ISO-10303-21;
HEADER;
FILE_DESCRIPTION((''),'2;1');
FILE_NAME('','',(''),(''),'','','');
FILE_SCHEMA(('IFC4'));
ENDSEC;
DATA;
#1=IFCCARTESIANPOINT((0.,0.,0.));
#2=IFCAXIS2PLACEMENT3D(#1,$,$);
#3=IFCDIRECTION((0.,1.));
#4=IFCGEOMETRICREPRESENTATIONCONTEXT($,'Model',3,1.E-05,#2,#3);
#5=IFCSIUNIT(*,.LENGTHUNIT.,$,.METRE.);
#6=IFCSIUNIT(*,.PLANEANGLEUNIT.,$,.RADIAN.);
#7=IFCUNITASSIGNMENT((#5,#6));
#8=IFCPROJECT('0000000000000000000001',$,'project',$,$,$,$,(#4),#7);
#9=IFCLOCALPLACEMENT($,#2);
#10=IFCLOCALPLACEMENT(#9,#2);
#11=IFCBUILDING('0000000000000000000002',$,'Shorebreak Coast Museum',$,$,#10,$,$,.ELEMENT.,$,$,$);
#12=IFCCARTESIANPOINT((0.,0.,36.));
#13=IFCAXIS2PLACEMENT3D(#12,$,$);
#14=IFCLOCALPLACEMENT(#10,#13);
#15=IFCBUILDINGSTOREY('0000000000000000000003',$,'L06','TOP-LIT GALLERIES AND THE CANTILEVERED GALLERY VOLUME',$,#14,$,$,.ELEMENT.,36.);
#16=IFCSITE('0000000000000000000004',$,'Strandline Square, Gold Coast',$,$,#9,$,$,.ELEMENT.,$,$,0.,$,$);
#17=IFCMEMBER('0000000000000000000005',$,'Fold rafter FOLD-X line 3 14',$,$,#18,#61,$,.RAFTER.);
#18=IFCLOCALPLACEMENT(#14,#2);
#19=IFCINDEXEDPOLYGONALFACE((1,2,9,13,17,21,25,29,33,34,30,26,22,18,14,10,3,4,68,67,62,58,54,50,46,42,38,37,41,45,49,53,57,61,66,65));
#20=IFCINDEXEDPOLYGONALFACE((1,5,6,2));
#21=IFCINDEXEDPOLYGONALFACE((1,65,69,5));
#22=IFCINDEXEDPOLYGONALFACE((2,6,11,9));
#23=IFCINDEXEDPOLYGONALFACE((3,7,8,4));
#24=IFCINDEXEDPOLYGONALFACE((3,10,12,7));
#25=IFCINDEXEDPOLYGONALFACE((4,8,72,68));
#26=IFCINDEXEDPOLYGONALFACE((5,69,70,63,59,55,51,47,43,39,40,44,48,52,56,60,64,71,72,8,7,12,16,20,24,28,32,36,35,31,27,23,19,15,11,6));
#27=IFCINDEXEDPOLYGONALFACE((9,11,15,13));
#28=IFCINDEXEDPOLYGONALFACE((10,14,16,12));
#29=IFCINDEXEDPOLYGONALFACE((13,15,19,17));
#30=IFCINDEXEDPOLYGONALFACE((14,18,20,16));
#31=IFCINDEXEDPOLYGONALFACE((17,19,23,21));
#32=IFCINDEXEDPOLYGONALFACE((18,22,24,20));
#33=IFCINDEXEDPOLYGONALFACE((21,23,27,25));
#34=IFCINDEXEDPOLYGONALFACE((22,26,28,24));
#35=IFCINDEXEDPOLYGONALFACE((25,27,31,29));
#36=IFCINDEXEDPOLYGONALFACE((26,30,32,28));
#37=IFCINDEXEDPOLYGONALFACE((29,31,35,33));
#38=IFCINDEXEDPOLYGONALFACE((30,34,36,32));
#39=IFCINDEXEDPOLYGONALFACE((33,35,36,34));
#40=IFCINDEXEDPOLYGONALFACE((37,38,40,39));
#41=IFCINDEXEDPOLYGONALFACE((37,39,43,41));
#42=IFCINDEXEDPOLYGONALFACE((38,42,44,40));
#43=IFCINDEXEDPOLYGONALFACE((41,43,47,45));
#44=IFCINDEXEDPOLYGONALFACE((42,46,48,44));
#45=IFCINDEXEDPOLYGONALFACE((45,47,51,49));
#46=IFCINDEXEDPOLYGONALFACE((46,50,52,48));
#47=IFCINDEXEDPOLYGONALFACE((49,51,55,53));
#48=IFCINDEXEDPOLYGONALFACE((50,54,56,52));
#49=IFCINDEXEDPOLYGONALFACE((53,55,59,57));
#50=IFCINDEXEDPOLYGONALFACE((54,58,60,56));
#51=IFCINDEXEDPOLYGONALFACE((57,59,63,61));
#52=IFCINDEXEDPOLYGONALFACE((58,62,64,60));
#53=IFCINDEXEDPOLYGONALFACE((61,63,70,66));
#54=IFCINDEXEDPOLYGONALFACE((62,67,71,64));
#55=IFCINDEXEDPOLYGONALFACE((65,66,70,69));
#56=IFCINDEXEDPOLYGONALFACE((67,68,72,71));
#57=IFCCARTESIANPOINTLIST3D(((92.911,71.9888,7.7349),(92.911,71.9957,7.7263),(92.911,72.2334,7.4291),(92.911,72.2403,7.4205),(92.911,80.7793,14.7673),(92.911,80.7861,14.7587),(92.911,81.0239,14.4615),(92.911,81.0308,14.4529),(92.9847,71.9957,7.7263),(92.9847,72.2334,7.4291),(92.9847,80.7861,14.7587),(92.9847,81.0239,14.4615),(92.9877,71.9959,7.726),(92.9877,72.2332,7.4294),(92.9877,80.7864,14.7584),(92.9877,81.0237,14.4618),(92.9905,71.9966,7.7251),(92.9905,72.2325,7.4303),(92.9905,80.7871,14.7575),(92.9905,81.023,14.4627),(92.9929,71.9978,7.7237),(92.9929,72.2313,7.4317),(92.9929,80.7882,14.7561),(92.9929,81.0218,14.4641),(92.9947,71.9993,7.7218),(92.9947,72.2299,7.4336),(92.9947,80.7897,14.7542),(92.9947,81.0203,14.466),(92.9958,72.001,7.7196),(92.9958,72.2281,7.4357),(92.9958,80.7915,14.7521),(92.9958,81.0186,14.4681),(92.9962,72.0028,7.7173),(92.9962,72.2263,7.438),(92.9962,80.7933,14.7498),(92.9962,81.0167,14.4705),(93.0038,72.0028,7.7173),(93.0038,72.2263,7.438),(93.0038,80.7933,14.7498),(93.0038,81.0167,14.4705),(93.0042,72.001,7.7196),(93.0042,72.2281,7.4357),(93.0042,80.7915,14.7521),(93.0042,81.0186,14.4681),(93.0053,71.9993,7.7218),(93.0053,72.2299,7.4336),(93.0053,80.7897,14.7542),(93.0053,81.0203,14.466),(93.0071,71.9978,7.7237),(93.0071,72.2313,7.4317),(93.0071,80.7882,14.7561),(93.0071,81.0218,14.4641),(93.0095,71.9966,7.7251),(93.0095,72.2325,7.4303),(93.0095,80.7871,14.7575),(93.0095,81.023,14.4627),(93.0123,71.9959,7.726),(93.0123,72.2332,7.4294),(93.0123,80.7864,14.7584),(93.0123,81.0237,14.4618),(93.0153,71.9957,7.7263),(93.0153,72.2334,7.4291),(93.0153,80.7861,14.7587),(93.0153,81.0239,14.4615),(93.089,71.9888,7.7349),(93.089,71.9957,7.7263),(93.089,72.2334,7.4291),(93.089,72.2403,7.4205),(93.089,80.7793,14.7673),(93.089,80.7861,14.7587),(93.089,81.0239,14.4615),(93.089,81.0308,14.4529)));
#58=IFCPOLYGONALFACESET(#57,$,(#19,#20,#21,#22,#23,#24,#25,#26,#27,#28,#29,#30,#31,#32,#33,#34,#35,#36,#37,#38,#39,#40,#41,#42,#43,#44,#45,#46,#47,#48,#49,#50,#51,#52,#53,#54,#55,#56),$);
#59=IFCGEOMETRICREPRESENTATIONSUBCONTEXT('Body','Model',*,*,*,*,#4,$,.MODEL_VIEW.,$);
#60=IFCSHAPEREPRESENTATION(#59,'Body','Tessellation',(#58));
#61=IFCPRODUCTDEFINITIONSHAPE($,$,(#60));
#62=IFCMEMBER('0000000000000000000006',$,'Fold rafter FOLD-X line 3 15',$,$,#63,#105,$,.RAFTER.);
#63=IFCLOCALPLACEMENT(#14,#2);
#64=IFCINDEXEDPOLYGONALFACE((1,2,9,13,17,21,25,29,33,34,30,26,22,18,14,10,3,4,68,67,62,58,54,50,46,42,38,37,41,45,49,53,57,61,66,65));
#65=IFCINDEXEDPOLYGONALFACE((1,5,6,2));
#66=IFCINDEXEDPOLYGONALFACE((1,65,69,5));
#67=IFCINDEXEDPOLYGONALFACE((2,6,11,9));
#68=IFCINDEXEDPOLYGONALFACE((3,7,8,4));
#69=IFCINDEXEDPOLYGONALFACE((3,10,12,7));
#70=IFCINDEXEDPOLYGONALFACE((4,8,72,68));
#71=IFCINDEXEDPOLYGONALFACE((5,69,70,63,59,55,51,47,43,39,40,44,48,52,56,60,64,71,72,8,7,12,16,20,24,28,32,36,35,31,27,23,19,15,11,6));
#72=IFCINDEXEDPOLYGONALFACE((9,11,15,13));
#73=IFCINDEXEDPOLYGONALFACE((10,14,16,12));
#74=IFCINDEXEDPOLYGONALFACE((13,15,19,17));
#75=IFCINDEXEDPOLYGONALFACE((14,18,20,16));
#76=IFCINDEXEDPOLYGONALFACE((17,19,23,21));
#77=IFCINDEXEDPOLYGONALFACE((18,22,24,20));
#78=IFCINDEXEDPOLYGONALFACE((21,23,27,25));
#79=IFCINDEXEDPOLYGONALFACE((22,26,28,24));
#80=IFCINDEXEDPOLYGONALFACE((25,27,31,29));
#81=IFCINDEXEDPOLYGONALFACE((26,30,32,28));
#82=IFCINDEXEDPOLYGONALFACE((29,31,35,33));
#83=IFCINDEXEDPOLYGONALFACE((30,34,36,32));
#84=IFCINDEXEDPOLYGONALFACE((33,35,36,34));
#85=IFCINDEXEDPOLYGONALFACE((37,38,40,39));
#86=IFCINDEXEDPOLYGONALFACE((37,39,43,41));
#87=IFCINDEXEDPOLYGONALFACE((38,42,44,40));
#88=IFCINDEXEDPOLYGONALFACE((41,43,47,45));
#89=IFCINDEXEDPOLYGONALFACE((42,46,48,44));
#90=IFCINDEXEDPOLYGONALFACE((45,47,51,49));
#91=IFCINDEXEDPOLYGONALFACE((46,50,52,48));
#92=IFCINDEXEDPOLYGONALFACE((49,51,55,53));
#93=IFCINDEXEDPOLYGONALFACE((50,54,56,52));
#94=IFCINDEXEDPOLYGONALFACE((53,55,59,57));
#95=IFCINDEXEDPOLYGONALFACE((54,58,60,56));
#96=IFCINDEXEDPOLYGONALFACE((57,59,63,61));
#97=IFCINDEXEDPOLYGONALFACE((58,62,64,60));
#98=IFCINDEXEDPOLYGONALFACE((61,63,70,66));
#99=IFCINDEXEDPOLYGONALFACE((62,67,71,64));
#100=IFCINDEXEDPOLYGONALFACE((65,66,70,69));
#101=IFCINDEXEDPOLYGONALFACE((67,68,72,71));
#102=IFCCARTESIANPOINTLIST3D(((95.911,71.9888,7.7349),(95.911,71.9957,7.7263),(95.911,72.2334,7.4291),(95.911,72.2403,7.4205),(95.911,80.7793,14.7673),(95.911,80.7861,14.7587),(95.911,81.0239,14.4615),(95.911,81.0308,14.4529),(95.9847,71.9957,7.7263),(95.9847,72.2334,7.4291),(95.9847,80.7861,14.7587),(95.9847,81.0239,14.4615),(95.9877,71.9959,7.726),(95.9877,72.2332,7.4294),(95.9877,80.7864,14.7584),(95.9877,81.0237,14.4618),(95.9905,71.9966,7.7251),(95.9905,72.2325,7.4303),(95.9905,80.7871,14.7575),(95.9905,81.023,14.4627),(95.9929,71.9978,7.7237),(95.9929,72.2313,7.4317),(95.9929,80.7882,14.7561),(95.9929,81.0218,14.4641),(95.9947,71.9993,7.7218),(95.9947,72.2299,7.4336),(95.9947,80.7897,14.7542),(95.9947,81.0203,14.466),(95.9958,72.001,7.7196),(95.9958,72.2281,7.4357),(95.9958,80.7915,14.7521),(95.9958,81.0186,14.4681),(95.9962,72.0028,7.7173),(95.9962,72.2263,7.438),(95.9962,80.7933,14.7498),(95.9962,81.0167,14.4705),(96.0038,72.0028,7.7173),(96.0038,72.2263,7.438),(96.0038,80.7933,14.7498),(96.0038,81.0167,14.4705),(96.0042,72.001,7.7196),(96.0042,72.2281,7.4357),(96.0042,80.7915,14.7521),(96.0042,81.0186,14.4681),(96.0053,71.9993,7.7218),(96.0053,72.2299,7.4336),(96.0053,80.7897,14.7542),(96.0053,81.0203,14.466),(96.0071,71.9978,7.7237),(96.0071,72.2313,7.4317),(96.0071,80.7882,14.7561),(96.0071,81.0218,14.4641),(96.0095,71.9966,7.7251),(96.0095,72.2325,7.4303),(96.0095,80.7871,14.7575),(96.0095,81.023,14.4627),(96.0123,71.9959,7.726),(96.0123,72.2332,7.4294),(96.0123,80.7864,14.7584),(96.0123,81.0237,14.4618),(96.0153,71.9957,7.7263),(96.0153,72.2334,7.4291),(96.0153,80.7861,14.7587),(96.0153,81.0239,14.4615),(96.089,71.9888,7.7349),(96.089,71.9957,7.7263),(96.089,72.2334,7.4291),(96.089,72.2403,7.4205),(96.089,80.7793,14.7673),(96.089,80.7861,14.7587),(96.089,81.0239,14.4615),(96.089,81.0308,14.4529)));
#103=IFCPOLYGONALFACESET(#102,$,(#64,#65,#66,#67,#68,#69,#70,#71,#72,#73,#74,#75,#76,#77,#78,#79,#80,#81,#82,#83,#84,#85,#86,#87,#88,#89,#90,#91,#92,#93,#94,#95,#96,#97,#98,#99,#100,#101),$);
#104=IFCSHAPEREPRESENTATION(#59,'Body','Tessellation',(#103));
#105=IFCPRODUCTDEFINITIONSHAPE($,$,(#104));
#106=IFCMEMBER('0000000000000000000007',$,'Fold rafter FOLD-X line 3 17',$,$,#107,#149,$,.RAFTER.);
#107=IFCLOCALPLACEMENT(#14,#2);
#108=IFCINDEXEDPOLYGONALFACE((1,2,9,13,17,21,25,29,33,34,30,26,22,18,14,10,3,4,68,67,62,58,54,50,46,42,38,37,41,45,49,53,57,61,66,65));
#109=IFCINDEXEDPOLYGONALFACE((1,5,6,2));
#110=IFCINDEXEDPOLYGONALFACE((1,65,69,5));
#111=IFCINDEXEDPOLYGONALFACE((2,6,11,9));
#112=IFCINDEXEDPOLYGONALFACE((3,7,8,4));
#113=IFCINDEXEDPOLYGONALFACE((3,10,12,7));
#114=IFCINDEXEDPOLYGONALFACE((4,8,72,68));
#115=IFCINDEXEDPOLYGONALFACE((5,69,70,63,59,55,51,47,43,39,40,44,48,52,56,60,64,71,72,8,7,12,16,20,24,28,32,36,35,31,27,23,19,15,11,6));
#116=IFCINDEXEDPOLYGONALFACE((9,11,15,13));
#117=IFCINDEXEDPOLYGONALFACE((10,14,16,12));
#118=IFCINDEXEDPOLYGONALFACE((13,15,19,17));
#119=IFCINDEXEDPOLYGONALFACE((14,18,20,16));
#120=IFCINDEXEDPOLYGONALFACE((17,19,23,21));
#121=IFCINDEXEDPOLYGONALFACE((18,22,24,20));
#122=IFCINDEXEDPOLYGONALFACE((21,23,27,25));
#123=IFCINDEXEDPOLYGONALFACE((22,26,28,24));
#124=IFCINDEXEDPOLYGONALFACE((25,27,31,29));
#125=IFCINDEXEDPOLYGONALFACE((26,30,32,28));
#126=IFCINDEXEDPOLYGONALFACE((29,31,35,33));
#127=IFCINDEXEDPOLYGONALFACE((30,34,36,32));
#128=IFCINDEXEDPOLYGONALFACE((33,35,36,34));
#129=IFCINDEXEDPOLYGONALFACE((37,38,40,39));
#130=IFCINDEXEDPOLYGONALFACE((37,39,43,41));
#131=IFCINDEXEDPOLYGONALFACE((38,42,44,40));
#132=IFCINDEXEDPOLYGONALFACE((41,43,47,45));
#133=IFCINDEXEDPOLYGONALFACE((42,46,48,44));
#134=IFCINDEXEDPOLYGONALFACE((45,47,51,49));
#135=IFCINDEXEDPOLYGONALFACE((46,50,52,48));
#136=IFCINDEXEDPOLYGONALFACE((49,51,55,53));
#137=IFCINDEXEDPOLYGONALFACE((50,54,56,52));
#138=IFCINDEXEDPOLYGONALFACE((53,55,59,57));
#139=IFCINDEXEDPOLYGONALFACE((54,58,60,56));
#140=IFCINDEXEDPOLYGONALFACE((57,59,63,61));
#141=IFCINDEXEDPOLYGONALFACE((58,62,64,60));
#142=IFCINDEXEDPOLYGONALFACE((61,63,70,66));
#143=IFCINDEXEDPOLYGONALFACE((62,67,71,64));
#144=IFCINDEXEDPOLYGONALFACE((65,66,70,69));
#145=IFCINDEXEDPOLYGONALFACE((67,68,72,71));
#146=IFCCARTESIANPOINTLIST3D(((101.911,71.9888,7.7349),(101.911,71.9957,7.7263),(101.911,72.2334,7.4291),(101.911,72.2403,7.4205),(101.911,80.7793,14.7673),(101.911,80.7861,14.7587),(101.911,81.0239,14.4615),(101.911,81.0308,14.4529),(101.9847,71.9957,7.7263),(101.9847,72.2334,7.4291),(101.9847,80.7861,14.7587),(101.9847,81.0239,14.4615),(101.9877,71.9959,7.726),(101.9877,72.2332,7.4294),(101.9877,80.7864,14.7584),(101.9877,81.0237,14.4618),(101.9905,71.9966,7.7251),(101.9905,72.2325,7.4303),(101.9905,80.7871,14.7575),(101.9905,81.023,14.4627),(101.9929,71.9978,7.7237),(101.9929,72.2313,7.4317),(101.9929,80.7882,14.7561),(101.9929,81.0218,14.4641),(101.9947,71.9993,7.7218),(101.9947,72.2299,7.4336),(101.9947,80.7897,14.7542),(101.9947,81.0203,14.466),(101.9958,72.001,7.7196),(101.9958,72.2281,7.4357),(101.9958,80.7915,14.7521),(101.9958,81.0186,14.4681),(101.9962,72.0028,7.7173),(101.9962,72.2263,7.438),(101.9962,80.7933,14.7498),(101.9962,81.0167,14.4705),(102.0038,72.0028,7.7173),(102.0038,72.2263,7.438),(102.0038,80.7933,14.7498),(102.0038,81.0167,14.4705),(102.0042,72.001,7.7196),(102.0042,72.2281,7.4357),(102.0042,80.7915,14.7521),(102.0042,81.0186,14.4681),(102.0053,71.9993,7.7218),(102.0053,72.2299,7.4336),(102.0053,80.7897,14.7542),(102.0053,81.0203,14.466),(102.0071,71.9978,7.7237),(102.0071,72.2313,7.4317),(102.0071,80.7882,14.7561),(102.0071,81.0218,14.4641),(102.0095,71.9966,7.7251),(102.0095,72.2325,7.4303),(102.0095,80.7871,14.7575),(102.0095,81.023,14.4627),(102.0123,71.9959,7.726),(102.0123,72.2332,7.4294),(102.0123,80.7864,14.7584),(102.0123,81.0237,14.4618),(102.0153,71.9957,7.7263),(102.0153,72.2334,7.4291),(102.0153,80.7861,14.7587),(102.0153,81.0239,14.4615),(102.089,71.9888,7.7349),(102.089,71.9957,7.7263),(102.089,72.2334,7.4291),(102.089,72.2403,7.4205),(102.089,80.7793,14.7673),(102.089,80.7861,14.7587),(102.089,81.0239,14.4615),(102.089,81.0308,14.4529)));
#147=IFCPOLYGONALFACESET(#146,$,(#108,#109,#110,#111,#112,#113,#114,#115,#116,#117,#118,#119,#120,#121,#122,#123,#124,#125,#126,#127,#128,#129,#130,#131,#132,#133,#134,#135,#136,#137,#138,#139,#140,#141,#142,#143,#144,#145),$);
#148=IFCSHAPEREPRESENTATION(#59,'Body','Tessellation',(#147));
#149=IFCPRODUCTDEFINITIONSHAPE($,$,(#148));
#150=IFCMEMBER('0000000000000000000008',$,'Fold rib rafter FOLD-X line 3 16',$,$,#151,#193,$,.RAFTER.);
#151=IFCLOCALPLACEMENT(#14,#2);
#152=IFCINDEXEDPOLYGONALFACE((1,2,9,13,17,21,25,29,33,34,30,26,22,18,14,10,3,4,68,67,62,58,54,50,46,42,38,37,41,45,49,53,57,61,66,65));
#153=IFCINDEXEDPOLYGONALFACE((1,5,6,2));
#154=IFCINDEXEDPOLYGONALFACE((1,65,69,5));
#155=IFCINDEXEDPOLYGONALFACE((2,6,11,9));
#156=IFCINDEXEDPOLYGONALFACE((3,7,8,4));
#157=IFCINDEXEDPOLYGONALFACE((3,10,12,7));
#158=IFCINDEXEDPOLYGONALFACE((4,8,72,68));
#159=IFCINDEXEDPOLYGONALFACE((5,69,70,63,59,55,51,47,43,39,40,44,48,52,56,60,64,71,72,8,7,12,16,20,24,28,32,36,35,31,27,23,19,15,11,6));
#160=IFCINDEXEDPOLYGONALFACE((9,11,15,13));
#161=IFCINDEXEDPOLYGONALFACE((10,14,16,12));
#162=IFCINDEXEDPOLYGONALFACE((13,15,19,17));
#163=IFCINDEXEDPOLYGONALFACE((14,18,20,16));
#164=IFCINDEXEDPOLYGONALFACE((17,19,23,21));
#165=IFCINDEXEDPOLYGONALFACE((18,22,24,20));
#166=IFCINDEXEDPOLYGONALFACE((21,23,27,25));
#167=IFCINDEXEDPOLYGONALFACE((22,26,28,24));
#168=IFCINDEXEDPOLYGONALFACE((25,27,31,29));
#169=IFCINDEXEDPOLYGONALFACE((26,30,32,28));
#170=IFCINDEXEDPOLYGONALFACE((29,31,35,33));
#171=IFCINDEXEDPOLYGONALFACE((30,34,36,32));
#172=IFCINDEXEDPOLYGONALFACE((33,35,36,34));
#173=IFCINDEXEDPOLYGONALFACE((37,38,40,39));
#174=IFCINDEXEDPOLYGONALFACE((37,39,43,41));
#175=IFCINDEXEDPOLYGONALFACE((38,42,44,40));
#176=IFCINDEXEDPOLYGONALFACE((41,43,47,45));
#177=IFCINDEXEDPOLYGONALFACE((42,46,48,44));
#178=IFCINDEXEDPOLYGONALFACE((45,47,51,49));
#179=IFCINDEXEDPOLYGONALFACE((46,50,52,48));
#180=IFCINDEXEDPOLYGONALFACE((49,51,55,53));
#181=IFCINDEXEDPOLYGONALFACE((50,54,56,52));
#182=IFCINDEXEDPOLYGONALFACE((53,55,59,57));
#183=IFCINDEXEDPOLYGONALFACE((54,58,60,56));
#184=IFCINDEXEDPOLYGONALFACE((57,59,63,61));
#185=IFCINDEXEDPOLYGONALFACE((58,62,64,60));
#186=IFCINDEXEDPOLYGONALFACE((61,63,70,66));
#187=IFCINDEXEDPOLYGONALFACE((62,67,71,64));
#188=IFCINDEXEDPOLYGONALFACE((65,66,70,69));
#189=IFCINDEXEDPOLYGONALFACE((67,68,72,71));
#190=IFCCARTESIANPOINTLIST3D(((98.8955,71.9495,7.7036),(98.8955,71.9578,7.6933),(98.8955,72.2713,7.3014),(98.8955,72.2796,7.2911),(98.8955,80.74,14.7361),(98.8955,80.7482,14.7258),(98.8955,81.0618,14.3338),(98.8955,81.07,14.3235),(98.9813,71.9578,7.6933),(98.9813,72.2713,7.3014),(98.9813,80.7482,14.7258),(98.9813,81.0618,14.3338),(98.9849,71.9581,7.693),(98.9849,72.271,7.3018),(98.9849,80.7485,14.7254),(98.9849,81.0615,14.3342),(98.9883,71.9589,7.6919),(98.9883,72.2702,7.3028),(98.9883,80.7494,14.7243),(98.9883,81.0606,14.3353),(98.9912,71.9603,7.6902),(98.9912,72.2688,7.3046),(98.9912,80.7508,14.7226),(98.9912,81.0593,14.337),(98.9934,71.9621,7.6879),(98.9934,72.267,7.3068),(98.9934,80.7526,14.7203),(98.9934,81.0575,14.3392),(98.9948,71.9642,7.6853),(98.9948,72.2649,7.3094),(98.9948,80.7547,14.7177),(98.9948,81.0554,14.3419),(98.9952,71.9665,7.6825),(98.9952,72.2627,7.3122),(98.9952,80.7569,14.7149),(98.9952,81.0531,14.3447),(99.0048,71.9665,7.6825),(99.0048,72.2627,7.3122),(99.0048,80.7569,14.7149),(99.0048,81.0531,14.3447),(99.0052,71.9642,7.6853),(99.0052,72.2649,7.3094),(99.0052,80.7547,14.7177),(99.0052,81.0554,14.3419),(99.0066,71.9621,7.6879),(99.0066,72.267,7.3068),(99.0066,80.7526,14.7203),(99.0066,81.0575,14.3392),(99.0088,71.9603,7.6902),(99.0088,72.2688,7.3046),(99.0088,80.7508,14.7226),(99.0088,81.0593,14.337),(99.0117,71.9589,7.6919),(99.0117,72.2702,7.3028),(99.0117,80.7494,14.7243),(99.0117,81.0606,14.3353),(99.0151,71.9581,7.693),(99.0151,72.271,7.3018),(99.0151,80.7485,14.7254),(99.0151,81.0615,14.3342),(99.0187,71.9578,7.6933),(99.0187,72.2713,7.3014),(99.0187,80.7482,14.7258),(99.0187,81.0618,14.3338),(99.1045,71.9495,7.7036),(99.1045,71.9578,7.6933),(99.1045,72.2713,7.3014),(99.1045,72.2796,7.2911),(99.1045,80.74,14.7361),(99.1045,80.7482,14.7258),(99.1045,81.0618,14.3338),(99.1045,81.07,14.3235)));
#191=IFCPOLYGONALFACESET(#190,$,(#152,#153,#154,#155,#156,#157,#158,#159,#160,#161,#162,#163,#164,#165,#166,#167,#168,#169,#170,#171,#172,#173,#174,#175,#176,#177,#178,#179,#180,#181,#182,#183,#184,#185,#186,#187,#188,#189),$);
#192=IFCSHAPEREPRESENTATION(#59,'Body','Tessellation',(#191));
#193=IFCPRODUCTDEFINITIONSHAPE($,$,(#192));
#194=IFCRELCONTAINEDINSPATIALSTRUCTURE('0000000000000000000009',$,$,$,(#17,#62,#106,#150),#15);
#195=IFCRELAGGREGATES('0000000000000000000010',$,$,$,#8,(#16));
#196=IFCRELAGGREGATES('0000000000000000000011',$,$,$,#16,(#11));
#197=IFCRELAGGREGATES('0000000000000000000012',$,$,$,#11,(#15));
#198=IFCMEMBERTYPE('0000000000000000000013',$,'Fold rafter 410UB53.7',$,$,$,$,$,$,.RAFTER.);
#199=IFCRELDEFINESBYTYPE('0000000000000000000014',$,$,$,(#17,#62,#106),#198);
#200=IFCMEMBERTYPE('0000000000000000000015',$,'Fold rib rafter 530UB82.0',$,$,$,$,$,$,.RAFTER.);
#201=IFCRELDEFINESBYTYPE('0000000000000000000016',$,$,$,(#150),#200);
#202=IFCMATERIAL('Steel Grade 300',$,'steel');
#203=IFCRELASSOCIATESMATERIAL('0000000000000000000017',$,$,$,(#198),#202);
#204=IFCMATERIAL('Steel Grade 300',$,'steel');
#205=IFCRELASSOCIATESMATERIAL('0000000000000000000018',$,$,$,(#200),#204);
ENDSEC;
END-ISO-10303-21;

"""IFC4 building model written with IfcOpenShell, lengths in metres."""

from ifc_helpers import new_model, si_unit, direction, frame, origin, origin_2d, place, context, subcontext, project, spatial, i_section, extrude, material, material_profile, profile_set, type_object, element, save


model = new_model("IFC4")

# Units and contexts
model_context = context("Model", 3, precision=1e-05, world=origin(), true_north=direction((0.0, 1.0)))
body_context = subcontext(model_context, "Body", "Model", "MODEL_VIEW")
ifc_project = project(units=[si_unit("LENGTHUNIT", "METRE"), si_unit("PLANEANGLEUNIT", "RADIAN")], contexts=[model_context])

# Site, building, storey
site_placement = place(None, origin())
site = spatial("IfcSite", under=ifc_project, at=site_placement, Name="Strandline Square, Gold Coast", CompositionType="ELEMENT", RefElevation=0.0)
building_placement = place(site_placement, origin())
building = spatial("IfcBuilding", under=site, at=building_placement, Name="Shorebreak Coast Museum", CompositionType="ELEMENT")
storey_placement = place(building_placement, frame((0.0, 0.0, 36.0)))
storey = spatial("IfcBuildingStorey", under=building, at=storey_placement, Name="L06", Description="TOP-LIT GALLERIES AND THE CANTILEVERED GALLERY VOLUME", CompositionType="ELEMENT", Elevation=36.0)

# Members
ifc_material_1 = material(Name="Steel Grade 300", Category="steel")
ifc_material_profile_1 = material_profile(ifc_material_1, i_section(OverallWidth=0.178, OverallDepth=0.4026, WebThickness=0.0076, FlangeThickness=0.011, FilletRadius=0.0115, at=origin_2d()), Name="410UB53.7")
ifc_profile_set_1 = profile_set([ifc_material_profile_1], Name="Steel Grade 300")
member_type_1 = type_object("IfcMemberType", Name="Fold rafter 410UB53.7", PredefinedType="RAFTER", material=ifc_profile_set_1)
for number, where, z_axis, x_axis, name in (
    (1, (93.0, 80.905, 14.6101), (0.0, -0.780867, -0.624698), (1.0, 0.0, 0.0), "Fold rafter FOLD-X line 3 14"),
    (2, (96.0, 80.905, 14.6101), (0.0, -0.780867, -0.624698), (1.0, 0.0, 0.0), "Fold rafter FOLD-X line 3 15"),
    (3, (102.0, 80.905, 14.6101), (0.0, -0.780867, -0.624698), (1.0, 0.0, 0.0), "Fold rafter FOLD-X line 3 17"),
):
    element("IfcMember", number, at=place(storey_placement, frame(where, z_axis=z_axis, x_axis=x_axis)), inside=storey, type_object=member_type_1, Name=name, PredefinedType="RAFTER", context=body_context, shape_type="SweptSolid", body=[
        extrude(i_section(OverallWidth=0.178, OverallDepth=0.4026, WebThickness=0.0076, FlangeThickness=0.011, FilletRadius=0.0115, at=origin_2d()), origin(), (0.0, 0.0, 1.0), 11.2573),
    ])
ifc_material_2 = material(Name="Steel Grade 300", Category="steel")
ifc_material_profile_2 = material_profile(ifc_material_2, i_section(OverallWidth=0.209, OverallDepth=0.5283, WebThickness=0.0095, FlangeThickness=0.0132, FilletRadius=0.0139, at=origin_2d()), Name="530UB82.0")
ifc_profile_set_2 = profile_set([ifc_material_profile_2], Name="Steel Grade 300")
member_type_2 = type_object("IfcMemberType", Name="Fold rib rafter 530UB82.0", PredefinedType="RAFTER", material=ifc_profile_set_2)
member_1_placement = place(storey_placement, frame((99.0, 80.905, 14.5298), z_axis=(0.0, -0.780867, -0.624698), x_axis=(1.0, 0.0, 0.0)))
element("IfcMember", 4, at=member_1_placement, inside=storey, type_object=member_type_2, Name="Fold rib rafter FOLD-X line 3 16", PredefinedType="RAFTER", context=body_context, shape_type="SweptSolid", body=[
    extrude(i_section(OverallWidth=0.209, OverallDepth=0.5283, WebThickness=0.0095, FlangeThickness=0.0132, FilletRadius=0.0139, at=origin_2d()), origin(), (0.0, 0.0, 1.0), 11.2573),
])

save(model, "model.ifc")
